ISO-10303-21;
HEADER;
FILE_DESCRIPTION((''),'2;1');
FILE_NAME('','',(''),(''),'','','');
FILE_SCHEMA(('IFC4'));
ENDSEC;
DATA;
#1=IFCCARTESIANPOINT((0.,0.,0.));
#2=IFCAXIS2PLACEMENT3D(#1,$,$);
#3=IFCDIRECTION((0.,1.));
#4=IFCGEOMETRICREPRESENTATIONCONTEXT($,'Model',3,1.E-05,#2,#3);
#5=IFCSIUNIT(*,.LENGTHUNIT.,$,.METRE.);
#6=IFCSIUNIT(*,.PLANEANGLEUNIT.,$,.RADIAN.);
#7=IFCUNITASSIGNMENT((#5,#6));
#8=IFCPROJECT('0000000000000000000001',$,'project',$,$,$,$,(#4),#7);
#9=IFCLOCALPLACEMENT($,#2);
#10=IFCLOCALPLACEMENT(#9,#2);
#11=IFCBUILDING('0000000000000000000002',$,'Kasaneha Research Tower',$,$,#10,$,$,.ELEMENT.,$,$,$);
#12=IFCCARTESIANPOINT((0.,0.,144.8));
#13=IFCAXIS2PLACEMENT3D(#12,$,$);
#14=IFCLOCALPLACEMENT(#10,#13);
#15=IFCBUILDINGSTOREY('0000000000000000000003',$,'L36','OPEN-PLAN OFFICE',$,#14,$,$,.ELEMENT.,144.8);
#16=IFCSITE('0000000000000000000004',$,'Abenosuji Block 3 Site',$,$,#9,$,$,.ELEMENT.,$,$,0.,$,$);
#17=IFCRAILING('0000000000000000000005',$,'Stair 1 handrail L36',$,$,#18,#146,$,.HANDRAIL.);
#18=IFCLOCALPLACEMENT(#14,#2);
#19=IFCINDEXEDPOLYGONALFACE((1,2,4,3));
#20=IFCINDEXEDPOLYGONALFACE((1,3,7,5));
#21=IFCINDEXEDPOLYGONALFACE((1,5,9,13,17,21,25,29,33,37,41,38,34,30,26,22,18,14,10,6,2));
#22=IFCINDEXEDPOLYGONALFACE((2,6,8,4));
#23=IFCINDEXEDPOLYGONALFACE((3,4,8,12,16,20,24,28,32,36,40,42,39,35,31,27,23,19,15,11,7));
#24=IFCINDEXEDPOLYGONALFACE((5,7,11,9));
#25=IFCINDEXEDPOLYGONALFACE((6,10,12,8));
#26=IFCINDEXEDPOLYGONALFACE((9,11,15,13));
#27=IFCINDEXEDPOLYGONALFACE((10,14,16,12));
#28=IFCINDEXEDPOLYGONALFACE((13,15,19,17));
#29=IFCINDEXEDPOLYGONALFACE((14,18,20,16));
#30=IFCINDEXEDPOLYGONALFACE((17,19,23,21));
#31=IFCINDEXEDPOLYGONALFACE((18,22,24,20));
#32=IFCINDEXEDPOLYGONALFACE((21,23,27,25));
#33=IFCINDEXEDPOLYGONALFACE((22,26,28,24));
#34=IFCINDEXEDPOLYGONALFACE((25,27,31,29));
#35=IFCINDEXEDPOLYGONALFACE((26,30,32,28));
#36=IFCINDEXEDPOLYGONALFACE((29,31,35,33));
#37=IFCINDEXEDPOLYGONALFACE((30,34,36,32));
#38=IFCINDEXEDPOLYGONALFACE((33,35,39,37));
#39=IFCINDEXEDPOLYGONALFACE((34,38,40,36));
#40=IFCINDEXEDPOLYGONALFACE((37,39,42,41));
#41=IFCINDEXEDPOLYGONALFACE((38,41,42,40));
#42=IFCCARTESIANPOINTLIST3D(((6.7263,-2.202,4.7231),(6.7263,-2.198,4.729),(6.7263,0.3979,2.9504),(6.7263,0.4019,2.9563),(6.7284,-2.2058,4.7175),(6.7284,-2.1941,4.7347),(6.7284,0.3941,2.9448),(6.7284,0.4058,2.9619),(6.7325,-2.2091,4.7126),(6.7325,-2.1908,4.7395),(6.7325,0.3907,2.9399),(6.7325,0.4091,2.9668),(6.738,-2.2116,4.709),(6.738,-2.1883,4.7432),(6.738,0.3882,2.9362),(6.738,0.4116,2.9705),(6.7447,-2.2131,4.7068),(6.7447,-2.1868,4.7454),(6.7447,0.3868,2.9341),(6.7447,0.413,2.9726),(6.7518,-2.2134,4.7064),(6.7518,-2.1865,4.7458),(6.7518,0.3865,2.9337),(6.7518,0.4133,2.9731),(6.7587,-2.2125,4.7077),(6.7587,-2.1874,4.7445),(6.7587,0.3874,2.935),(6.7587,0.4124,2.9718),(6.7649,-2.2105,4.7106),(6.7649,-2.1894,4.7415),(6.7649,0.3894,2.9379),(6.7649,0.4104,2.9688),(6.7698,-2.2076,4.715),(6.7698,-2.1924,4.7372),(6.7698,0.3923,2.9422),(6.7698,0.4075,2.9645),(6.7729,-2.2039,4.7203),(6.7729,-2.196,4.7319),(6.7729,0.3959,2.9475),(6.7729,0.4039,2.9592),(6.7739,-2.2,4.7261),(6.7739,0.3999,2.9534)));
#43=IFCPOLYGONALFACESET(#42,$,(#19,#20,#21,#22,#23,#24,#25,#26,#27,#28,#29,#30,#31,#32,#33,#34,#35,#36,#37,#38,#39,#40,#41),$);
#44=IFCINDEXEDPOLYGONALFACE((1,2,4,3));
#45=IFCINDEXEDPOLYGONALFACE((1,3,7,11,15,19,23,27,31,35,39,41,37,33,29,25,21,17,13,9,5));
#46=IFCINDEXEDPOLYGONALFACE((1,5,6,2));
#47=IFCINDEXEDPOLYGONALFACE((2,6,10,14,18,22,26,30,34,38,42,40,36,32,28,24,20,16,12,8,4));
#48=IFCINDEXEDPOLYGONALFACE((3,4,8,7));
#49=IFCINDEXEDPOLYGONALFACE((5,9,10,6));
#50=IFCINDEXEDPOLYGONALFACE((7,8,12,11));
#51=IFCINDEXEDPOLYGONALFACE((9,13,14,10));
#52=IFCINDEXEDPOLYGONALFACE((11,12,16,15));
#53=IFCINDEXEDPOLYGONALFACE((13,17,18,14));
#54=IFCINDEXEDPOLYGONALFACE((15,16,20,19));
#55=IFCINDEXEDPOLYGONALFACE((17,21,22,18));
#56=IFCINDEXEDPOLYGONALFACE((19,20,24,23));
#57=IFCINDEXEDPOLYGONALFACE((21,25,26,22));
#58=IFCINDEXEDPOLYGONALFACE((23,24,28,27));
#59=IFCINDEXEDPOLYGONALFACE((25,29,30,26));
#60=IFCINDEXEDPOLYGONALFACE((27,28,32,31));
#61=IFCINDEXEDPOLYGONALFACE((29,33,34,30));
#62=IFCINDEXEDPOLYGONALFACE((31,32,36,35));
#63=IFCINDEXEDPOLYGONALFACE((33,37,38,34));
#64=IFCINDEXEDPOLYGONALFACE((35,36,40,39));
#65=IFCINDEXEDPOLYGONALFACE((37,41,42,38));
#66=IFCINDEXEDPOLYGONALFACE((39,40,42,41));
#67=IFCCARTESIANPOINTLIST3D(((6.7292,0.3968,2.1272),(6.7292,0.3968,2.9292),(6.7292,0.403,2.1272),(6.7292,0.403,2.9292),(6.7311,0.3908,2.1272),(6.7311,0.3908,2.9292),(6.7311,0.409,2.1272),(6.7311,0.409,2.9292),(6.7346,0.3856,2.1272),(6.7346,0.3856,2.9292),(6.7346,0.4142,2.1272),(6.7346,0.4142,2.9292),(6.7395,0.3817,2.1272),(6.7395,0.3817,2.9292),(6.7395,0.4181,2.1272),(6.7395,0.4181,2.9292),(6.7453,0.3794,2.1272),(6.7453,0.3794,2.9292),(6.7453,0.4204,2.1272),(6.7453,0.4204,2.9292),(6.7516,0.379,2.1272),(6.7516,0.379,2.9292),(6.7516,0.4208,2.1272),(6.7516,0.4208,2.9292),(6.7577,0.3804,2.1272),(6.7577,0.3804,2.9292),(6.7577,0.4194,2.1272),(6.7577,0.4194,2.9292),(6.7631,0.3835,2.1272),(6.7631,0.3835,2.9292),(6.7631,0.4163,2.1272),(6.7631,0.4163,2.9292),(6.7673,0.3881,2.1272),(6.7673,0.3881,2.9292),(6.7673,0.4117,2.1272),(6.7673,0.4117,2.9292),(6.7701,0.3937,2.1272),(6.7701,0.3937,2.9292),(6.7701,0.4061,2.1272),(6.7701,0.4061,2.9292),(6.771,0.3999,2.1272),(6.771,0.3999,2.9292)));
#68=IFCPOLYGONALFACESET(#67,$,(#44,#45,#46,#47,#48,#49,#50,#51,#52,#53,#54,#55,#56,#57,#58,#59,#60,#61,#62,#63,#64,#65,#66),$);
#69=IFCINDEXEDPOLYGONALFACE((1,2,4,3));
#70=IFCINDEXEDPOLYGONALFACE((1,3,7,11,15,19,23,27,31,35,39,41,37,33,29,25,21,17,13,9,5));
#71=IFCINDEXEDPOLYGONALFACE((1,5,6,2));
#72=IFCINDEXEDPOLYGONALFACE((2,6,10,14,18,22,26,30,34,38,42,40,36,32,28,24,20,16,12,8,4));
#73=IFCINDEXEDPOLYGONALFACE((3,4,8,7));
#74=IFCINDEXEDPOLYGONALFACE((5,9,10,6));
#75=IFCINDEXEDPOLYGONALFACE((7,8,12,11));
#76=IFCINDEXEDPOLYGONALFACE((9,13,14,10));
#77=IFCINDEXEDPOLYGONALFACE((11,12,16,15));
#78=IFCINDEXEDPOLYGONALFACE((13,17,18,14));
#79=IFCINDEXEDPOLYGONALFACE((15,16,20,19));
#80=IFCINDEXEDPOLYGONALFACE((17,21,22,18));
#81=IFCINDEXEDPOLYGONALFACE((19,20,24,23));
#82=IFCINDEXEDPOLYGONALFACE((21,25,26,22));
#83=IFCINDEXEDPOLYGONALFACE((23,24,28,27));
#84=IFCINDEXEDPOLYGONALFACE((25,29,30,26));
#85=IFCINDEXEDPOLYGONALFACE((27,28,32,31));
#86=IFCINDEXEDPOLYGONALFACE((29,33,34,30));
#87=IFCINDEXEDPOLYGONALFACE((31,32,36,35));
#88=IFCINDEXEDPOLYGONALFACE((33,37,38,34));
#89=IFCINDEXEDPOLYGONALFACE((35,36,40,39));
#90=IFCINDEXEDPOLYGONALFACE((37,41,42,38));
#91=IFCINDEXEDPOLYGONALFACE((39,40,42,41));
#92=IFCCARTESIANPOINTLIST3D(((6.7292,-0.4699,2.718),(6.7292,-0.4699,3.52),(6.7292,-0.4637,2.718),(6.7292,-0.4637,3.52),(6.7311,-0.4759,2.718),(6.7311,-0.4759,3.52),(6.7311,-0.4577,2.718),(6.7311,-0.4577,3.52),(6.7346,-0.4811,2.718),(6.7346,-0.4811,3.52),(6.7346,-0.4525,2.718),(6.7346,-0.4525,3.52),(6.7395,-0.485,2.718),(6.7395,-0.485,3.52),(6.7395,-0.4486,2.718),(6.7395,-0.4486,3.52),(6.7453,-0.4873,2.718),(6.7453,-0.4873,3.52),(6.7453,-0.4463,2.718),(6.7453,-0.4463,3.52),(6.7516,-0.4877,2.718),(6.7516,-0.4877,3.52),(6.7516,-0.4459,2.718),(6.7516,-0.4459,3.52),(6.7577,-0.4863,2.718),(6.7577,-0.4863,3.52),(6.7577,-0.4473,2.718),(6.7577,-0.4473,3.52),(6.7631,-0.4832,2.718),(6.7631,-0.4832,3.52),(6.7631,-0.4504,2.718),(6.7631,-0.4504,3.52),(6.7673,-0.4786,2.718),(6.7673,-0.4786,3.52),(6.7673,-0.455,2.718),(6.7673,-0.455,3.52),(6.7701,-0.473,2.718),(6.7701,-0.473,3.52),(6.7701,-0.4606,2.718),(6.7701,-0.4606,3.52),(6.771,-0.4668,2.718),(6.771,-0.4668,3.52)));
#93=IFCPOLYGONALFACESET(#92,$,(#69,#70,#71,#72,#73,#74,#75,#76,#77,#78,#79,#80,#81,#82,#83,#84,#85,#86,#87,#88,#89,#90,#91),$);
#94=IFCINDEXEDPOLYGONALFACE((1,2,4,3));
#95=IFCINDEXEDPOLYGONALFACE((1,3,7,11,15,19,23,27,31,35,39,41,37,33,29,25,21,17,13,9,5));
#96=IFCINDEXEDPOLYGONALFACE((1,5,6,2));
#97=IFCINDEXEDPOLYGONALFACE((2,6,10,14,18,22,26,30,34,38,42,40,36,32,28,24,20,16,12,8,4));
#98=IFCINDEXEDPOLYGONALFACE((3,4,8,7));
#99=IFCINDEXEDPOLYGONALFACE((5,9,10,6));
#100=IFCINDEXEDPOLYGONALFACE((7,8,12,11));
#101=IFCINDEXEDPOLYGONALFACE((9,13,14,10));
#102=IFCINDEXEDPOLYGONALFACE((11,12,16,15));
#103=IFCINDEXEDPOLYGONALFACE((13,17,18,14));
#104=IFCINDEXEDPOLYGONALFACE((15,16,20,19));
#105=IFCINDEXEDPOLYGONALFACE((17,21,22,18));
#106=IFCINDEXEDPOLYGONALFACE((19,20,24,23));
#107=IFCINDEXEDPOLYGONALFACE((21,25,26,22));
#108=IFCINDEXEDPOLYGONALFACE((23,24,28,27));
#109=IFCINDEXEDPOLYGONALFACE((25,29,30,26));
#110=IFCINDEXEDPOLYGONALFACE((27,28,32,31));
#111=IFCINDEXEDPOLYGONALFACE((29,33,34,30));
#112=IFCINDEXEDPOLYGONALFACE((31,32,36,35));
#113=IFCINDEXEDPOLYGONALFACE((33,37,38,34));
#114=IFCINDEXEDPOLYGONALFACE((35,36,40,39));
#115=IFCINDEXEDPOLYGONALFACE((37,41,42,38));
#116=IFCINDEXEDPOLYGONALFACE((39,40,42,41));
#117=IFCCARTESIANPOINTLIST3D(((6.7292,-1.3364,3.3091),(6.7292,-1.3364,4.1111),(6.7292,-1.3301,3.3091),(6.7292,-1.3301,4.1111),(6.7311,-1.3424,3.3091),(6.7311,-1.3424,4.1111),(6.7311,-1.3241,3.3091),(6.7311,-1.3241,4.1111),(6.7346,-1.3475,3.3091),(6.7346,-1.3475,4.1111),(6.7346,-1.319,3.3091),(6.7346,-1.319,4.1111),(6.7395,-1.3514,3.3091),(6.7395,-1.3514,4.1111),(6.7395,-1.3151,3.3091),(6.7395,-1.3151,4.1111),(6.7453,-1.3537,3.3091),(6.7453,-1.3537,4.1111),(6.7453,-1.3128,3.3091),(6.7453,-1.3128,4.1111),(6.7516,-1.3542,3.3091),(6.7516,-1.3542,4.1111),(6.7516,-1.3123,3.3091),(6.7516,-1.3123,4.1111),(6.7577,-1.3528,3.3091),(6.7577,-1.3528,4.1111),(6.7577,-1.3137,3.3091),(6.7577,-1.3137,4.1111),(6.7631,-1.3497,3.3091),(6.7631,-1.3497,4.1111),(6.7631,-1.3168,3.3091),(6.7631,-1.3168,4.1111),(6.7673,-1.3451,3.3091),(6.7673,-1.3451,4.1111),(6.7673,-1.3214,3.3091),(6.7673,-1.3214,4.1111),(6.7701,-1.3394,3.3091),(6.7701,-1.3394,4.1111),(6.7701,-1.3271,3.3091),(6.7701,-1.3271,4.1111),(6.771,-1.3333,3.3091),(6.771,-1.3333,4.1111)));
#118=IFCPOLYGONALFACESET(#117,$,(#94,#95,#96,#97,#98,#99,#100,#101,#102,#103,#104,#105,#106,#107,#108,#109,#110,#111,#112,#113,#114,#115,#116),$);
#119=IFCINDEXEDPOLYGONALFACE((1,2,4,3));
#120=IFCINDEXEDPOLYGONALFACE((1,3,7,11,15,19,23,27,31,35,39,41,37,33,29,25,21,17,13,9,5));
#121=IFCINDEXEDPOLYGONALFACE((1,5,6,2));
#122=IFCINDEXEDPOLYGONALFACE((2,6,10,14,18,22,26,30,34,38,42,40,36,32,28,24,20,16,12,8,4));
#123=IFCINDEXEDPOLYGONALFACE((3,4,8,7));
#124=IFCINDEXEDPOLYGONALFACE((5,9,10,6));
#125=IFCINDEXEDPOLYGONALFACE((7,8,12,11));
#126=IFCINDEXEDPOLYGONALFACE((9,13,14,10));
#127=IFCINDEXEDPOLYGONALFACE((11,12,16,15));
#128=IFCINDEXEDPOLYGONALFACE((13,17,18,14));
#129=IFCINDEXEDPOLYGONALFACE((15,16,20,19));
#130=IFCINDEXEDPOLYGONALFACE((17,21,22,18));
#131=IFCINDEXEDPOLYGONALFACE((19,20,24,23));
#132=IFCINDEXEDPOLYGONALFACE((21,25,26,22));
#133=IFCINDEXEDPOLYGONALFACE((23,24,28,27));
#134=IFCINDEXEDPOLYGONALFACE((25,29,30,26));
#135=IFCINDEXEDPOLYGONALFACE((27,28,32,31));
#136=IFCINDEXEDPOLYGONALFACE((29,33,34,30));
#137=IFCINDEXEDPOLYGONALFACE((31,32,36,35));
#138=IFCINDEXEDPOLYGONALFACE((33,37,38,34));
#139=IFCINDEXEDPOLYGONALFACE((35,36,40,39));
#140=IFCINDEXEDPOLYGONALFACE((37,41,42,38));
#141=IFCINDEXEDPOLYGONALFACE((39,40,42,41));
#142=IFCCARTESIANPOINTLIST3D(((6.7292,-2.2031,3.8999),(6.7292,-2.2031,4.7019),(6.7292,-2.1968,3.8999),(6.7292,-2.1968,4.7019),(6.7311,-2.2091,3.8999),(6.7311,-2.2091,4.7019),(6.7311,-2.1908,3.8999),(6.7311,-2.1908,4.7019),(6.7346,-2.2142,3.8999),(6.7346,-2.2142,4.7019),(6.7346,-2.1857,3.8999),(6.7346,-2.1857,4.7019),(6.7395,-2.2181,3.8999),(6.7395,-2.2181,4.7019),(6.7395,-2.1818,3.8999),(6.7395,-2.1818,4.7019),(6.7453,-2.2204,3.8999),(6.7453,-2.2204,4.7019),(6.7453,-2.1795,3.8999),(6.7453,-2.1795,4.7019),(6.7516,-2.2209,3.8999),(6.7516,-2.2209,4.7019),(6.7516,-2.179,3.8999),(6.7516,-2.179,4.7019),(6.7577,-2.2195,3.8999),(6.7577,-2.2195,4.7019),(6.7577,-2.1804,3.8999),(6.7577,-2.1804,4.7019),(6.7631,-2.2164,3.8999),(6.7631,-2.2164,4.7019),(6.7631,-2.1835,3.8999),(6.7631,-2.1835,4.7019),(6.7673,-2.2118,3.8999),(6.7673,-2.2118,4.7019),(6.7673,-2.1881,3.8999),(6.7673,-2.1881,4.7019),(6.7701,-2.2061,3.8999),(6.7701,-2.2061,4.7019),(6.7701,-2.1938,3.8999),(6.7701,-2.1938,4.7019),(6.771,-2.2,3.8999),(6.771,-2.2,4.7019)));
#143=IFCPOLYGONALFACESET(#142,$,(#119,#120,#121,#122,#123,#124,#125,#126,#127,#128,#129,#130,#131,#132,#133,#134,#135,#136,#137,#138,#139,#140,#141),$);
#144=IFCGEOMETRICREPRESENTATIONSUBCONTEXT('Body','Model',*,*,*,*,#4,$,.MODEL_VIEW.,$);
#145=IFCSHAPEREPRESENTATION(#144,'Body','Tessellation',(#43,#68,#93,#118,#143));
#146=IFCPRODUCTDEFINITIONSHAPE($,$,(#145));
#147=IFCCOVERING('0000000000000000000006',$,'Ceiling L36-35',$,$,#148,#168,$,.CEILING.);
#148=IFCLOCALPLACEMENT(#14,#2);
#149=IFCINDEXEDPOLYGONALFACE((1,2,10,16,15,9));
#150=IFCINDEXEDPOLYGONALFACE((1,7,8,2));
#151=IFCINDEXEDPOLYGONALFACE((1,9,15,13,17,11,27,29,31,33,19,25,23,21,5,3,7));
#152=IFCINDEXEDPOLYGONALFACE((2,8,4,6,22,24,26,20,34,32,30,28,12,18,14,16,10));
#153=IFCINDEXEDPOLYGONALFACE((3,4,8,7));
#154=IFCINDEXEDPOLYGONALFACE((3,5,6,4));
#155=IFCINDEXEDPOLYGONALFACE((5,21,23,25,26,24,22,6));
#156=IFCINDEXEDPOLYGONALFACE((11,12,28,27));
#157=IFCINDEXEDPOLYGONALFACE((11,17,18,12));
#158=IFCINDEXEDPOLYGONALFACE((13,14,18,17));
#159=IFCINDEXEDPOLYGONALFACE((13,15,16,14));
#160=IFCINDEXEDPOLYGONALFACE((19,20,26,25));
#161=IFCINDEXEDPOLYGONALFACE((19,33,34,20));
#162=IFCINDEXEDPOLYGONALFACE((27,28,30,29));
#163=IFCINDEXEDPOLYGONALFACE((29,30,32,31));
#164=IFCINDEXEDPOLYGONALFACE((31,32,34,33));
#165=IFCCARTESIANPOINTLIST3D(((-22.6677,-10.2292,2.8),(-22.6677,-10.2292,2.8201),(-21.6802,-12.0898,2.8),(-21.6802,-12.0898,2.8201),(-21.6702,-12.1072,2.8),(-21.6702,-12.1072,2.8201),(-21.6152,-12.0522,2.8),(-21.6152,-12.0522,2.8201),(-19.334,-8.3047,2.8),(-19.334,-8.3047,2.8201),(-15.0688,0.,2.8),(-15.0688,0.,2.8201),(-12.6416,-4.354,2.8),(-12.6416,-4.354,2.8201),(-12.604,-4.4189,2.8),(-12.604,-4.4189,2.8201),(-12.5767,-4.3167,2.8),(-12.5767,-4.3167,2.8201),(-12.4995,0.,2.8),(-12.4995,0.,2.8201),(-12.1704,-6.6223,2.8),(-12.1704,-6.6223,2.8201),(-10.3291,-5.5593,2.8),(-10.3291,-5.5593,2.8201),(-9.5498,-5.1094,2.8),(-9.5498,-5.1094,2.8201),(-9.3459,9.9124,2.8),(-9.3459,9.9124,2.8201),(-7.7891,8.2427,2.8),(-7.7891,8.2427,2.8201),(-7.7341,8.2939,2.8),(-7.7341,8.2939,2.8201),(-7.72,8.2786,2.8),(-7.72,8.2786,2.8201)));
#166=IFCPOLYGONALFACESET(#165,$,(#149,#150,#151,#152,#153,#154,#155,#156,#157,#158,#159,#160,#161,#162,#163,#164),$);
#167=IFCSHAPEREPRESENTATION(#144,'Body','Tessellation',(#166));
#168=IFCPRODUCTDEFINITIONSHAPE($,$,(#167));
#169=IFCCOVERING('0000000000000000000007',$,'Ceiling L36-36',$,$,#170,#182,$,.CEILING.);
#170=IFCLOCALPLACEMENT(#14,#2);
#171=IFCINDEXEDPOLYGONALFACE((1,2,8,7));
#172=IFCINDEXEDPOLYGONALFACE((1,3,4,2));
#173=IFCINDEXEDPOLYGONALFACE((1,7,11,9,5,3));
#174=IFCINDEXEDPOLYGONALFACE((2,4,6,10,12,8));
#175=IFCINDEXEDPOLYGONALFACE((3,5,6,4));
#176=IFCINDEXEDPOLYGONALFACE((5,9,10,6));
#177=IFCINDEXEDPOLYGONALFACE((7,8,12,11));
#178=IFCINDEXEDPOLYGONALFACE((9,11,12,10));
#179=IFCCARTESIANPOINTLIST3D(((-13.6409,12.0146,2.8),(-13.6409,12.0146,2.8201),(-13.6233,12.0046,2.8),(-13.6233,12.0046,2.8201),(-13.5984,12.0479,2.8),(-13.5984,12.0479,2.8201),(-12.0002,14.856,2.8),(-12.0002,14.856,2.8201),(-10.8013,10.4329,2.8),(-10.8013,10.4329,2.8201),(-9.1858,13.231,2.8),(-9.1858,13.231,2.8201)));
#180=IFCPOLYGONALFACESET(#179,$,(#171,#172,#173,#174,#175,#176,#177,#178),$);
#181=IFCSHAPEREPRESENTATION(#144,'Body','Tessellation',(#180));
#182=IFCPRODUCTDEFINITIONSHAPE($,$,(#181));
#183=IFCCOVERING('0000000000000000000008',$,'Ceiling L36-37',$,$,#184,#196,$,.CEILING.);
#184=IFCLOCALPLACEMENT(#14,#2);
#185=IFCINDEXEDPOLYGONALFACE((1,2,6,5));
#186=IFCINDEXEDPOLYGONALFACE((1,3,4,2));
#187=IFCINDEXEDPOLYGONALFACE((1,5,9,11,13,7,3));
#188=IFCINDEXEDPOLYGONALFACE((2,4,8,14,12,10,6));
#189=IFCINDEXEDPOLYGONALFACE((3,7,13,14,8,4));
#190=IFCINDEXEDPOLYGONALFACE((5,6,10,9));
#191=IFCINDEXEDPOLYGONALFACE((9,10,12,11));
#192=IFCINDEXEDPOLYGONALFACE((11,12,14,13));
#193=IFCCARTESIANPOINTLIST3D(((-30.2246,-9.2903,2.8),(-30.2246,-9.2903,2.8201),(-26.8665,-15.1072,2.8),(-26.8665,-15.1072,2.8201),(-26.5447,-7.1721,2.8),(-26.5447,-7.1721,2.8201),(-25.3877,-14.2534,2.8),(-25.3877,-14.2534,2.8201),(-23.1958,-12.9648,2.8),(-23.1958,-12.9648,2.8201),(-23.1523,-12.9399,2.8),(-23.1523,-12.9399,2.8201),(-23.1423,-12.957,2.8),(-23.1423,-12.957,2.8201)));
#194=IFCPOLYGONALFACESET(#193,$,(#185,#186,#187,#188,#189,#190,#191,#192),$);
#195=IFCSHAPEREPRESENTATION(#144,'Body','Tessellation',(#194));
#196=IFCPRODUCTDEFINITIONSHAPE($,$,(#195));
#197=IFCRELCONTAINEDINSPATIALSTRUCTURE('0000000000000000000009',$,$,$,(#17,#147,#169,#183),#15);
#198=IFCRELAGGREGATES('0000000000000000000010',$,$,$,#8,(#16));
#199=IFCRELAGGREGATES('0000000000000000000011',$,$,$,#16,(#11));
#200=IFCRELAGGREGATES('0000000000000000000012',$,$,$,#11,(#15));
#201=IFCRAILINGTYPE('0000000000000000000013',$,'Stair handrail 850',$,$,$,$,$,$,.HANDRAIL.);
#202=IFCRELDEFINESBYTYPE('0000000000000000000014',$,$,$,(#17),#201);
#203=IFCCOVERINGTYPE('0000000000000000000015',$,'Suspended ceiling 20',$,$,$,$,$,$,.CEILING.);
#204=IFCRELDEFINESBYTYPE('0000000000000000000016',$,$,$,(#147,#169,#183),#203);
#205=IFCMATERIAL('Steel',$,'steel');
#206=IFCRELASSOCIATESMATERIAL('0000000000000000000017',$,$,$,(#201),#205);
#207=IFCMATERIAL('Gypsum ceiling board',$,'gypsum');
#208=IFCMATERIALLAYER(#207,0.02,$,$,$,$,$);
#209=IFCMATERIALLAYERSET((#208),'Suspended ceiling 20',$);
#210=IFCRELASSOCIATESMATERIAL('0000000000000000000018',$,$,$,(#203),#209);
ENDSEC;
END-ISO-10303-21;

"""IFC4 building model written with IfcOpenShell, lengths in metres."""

from ifc_helpers import new_model, si_unit, direction, frame, origin, origin_2d, place, context, subcontext, project, spatial, polyline, circle, outline, extrude, material, layer, layer_set, type_object, element, save


model = new_model("IFC4")

# Units and contexts
model_context = context("Model", 3, precision=1e-05, world=origin(), true_north=direction((0.0, 1.0)))
body_context = subcontext(model_context, "Body", "Model", "MODEL_VIEW")
ifc_project = project(units=[si_unit("LENGTHUNIT", "METRE"), si_unit("PLANEANGLEUNIT", "RADIAN")], contexts=[model_context])

# Site, building, storey
site_placement = place(None, origin())
site = spatial("IfcSite", under=ifc_project, at=site_placement, Name="Abenosuji Block 3 Site", CompositionType="ELEMENT", RefElevation=0.0)
building_placement = place(site_placement, origin())
building = spatial("IfcBuilding", under=site, at=building_placement, Name="Kasaneha Research Tower", CompositionType="ELEMENT")
storey_placement = place(building_placement, frame((0.0, 0.0, 144.8)))
storey = spatial("IfcBuildingStorey", under=building, at=storey_placement, Name="L36", Description="OPEN-PLAN OFFICE", CompositionType="ELEMENT", Elevation=144.8)

# Railing
ifc_material_1 = material(Name="Steel", Category="steel")
railing_type_1 = type_object("IfcRailingType", Name="Stair handrail 850", PredefinedType="HANDRAIL", material=ifc_material_1)
railing_1_placement = place(storey_placement, frame((6.75, 0.3999, 2.1272)))
element("IfcRailing", 1, at=railing_1_placement, inside=storey, type_object=railing_type_1, Name="Stair 1 handrail L36", PredefinedType="HANDRAIL", context=body_context, shape_type="SweptSolid", body=[
    extrude(circle(Radius=0.0239, at=origin_2d()), frame((0.0, 0.0, 0.8262), z_axis=(0.0, -0.826216, 0.563354), x_axis=(1.0, 0.0, 0.0)), (0.0, 0.0, 1.0), 3.1467),
    extrude(circle(Radius=0.021, at=origin_2d()), origin(), (0.0, 0.0, 1.0), 0.802),
    extrude(circle(Radius=0.021, at=origin_2d()), frame((0.0, -0.8667, 0.5908)), (0.0, 0.0, 1.0), 0.802),
    extrude(circle(Radius=0.021, at=origin_2d()), frame((0.0, -1.7332, 1.1819)), (0.0, 0.0, 1.0), 0.802),
    extrude(circle(Radius=0.021, at=origin_2d()), frame((0.0, -2.5999, 1.7727)), (0.0, 0.0, 1.0), 0.802),
])

# Coverings
ifc_material_2 = material(Name="Gypsum ceiling board", Category="gypsum")
ifc_layer_1 = layer(ifc_material_2, 0.02)
ifc_layer_set_1 = layer_set([ifc_layer_1], Name="Suspended ceiling 20")
covering_type_1 = type_object("IfcCoveringType", Name="Suspended ceiling 20", PredefinedType="CEILING", material=ifc_layer_set_1)
covering_1_placement = place(storey_placement, frame((0.0, 0.0, 2.8)))
element("IfcCovering", 2, at=covering_1_placement, inside=storey, type_object=covering_type_1, Name="Ceiling L36-35", PredefinedType="CEILING", context=body_context, shape_type="SweptSolid", body=[
    extrude(outline(polyline([(-9.5498, -5.1094), (-10.3291, -5.5593), (-10.3291, -5.5593), (-12.1704, -6.6223), (-21.6702, -12.1072), (-21.6802, -12.0898), (-21.6152, -12.0522), (-22.6677, -10.2292), (-19.334, -8.3047), (-19.334, -8.3047), (-12.604, -4.4189), (-12.6416, -4.354), (-12.5767, -4.3167), (-15.0688, 0.0), (-9.3459, 9.9124), (-7.7891, 8.2427), (-7.7341, 8.2939), (-7.72, 8.2786), (-12.4995, 0.0), (-9.5498, -5.1094)])), origin(), (0.0, 0.0, 1.0), 0.02),
])
covering_2_placement = place(storey_placement, frame((0.0, 0.0, 2.8)))
element("IfcCovering", 3, at=covering_2_placement, inside=storey, type_object=covering_type_1, Name="Ceiling L36-36", PredefinedType="CEILING", context=body_context, shape_type="SweptSolid", body=[
    extrude(outline(polyline([(-12.0002, 14.856), (-9.1858, 13.231), (-10.8013, 10.4329), (-13.5984, 12.0479), (-13.6233, 12.0046), (-13.6409, 12.0146), (-12.0002, 14.856)])), origin(), (0.0, 0.0, 1.0), 0.02),
])
covering_3_placement = place(storey_placement, frame((0.0, 0.0, 2.8)))
element("IfcCovering", 4, at=covering_3_placement, inside=storey, type_object=covering_type_1, Name="Ceiling L36-37", PredefinedType="CEILING", context=body_context, shape_type="SweptSolid", body=[
    extrude(outline(polyline([(-30.2246, -9.2903), (-26.5447, -7.1721), (-23.1958, -12.9648), (-23.1523, -12.9399), (-23.1423, -12.957), (-25.3877, -14.2534), (-26.8665, -15.1072), (-30.2246, -9.2903)])), origin(), (0.0, 0.0, 1.0), 0.02),
])

save(model, "model.ifc")
